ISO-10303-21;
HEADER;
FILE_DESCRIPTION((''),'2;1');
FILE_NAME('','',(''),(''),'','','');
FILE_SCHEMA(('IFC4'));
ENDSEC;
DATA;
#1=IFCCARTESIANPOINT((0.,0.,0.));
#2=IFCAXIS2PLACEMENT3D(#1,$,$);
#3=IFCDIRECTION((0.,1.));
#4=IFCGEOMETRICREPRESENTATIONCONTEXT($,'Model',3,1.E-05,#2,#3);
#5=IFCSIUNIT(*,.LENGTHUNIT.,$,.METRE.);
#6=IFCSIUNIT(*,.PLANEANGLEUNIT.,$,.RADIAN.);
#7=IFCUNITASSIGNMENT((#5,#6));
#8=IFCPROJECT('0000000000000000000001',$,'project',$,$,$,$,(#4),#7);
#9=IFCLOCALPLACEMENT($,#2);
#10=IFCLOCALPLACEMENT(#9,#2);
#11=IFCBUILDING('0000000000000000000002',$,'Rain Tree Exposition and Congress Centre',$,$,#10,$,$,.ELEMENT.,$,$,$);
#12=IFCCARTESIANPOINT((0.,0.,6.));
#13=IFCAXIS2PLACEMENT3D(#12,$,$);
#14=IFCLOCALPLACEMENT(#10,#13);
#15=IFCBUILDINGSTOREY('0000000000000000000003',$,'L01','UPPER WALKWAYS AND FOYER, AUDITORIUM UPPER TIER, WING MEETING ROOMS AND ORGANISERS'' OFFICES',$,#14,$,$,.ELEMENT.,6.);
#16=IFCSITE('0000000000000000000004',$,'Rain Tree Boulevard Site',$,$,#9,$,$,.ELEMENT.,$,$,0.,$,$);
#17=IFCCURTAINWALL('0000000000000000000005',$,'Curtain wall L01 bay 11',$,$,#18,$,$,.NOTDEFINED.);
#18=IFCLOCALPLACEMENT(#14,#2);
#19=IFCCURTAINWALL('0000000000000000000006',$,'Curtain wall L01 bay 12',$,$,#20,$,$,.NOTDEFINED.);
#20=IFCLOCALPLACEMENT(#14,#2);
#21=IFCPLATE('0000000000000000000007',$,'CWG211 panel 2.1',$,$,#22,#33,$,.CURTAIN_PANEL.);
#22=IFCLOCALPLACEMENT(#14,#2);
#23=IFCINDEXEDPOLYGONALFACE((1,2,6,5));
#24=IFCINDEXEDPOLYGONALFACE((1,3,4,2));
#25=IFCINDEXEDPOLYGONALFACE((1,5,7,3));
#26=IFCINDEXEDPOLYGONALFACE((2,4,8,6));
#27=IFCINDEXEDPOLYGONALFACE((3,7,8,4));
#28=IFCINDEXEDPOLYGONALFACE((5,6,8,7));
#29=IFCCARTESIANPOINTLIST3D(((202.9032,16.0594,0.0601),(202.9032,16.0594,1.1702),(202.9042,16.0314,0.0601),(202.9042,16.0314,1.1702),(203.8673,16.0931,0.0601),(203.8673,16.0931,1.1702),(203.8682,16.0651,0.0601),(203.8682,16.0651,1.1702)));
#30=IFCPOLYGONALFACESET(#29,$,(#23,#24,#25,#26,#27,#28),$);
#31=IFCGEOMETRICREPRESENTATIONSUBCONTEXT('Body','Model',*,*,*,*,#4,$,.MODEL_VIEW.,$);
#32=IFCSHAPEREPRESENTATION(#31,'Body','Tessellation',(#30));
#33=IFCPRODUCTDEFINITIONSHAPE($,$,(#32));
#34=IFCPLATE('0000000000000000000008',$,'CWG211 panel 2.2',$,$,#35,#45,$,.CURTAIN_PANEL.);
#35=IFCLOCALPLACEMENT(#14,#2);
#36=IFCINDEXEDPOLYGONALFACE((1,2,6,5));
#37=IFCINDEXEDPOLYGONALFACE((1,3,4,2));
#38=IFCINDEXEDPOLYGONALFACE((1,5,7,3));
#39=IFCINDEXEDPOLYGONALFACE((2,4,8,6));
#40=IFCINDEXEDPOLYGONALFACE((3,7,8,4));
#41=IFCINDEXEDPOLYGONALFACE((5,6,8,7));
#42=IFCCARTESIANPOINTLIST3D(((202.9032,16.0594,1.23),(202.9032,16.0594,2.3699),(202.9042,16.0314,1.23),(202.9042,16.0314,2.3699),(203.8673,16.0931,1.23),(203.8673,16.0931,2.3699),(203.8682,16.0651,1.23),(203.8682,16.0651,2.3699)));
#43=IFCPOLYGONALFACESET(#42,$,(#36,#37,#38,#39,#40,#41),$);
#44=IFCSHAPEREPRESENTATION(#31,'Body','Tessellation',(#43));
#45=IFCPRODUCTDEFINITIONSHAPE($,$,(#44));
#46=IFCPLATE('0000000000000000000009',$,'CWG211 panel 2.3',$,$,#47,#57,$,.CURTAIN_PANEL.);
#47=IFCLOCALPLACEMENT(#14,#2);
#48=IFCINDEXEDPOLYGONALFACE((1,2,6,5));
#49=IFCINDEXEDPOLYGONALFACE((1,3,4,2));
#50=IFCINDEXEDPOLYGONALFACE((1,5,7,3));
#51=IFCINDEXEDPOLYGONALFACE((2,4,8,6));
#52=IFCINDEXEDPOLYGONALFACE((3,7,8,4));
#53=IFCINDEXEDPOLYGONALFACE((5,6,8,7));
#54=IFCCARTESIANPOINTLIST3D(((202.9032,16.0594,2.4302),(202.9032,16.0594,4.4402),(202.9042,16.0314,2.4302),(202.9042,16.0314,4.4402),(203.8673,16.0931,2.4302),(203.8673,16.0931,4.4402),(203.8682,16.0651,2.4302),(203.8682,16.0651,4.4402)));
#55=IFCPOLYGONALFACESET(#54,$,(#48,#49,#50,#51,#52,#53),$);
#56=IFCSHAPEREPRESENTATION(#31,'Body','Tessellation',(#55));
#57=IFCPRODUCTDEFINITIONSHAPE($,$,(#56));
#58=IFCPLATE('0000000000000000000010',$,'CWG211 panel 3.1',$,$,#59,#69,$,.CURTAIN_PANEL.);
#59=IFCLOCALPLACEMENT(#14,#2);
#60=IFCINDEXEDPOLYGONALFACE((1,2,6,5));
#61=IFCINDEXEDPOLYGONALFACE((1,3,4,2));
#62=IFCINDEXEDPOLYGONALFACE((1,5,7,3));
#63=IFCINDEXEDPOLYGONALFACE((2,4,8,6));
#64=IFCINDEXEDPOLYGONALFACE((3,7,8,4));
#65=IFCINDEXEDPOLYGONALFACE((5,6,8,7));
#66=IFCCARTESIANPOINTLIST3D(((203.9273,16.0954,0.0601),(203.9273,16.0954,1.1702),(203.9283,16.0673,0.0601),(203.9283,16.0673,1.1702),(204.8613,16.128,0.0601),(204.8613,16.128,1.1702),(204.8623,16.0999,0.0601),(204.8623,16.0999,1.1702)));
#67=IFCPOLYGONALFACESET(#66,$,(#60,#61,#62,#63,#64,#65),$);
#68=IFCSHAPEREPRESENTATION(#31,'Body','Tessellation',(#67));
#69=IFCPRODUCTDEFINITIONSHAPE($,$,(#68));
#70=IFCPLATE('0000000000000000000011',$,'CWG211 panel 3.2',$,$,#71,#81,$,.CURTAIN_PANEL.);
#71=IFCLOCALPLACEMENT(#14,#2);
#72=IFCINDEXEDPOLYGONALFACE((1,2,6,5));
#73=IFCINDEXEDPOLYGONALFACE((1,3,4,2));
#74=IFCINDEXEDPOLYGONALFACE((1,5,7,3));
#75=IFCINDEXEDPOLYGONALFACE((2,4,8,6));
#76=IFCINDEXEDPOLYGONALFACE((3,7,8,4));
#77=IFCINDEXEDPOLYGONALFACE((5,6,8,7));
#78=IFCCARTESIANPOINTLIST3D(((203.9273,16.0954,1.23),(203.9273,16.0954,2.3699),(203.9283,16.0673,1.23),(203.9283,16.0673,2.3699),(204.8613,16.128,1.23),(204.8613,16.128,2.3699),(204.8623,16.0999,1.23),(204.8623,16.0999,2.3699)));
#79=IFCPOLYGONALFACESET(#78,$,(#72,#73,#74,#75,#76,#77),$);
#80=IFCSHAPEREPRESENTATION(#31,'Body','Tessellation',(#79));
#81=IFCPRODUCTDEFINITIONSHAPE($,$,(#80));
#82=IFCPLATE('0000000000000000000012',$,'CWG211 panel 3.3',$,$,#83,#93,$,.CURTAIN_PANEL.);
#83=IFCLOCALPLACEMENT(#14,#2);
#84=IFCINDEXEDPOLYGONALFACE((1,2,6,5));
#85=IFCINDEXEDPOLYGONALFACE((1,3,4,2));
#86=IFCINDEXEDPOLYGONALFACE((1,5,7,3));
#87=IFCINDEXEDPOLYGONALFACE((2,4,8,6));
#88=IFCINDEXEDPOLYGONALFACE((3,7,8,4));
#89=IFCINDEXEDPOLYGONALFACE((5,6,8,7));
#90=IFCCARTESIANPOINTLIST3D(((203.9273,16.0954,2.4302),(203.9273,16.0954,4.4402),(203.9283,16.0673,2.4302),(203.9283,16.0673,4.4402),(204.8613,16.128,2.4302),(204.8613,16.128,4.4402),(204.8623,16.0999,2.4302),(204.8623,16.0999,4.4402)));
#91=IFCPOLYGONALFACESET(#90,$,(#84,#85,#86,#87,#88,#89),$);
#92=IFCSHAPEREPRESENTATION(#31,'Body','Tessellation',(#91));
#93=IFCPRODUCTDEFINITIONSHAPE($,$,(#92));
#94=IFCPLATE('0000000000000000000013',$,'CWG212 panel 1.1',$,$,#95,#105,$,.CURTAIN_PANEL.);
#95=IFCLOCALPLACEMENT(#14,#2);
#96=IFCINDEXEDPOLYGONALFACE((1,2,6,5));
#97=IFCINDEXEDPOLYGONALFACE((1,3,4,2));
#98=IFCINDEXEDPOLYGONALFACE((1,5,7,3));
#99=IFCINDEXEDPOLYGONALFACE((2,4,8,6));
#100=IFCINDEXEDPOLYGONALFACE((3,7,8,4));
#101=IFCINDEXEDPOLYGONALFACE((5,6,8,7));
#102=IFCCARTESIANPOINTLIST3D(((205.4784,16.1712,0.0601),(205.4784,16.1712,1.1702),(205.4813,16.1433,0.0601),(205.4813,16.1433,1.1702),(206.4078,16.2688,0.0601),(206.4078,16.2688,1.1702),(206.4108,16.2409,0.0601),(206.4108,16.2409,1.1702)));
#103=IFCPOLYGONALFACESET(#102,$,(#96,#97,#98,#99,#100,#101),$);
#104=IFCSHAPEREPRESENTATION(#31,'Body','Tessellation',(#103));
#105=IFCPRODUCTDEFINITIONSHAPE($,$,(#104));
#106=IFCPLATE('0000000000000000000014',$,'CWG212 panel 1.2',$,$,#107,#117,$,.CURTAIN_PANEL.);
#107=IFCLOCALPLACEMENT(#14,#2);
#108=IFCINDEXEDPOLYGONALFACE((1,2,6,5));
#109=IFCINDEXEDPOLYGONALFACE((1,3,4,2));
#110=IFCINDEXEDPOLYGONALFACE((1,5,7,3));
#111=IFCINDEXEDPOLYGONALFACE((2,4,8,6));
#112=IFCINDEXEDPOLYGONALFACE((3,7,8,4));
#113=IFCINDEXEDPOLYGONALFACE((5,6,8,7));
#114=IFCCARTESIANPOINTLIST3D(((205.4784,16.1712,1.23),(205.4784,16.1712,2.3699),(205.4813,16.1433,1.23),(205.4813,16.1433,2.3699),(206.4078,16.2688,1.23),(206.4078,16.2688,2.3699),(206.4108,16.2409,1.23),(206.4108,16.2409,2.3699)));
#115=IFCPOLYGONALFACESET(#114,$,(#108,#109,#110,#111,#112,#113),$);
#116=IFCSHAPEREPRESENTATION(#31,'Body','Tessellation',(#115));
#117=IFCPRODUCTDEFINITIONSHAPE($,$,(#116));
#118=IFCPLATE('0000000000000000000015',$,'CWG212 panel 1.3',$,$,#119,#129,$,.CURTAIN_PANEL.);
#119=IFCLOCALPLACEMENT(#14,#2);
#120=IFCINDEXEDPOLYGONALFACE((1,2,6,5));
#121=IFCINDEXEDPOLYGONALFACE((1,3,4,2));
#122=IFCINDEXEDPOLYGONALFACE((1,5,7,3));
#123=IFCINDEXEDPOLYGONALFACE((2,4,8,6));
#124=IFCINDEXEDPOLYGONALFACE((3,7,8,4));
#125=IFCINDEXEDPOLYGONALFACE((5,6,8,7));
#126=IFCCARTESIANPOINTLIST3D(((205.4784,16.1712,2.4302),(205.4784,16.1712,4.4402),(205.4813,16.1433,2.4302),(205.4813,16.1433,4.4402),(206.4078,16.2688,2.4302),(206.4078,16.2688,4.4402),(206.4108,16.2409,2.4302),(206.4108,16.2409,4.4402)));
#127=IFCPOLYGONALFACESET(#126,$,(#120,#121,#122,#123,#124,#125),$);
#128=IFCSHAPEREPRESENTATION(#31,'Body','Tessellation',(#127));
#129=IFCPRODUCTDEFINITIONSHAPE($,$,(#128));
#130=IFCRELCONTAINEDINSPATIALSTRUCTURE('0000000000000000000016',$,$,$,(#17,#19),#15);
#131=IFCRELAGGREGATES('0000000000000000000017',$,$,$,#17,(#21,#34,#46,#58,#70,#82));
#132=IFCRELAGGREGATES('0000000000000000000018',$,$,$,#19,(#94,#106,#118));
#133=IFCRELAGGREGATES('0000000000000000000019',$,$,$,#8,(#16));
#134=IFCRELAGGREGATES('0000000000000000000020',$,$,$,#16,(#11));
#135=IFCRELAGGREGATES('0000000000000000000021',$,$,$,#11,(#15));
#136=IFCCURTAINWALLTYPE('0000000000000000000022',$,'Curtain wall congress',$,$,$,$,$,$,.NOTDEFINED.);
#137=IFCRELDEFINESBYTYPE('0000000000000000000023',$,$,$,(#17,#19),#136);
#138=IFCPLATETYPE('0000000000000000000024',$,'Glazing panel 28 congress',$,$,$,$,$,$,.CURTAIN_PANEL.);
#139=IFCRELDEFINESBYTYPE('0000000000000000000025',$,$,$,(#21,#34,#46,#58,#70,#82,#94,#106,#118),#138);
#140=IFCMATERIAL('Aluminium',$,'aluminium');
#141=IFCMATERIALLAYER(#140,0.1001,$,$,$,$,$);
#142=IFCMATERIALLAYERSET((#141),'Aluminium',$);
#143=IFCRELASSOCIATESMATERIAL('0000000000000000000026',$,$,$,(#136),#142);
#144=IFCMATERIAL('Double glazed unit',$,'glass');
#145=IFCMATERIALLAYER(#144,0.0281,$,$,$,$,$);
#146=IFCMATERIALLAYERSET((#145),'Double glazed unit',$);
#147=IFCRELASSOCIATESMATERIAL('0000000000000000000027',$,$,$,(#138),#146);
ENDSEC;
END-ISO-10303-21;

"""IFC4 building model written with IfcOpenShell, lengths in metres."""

from ifc_helpers import new_model, si_unit, direction, frame, origin, origin_2d, place, context, subcontext, project, spatial, rectangle, extrude, material, layer, layer_set, type_object, element, aggregate, save


model = new_model("IFC4")

# Units and contexts
model_context = context("Model", 3, precision=1e-05, world=origin(), true_north=direction((0.0, 1.0)))
body_context = subcontext(model_context, "Body", "Model", "MODEL_VIEW")
ifc_project = project(units=[si_unit("LENGTHUNIT", "METRE"), si_unit("PLANEANGLEUNIT", "RADIAN")], contexts=[model_context])

# Site, building, storey
site_placement = place(None, origin())
site = spatial("IfcSite", under=ifc_project, at=site_placement, Name="Rain Tree Boulevard Site", CompositionType="ELEMENT", RefElevation=0.0)
building_placement = place(site_placement, origin())
building = spatial("IfcBuilding", under=site, at=building_placement, Name="Rain Tree Exposition and Congress Centre", CompositionType="ELEMENT")
storey_placement = place(building_placement, frame((0.0, 0.0, 6.0)))
storey = spatial("IfcBuildingStorey", under=building, at=storey_placement, Name="L01", Description="UPPER WALKWAYS AND FOYER, AUDITORIUM UPPER TIER, WING MEETING ROOMS AND ORGANISERS' OFFICES", CompositionType="ELEMENT", Elevation=6.0)

# Curtain walls
ifc_material_1 = material(Name="Aluminium", Category="aluminium")
ifc_layer_1 = layer(ifc_material_1, 0.1001)
ifc_layer_set_1 = layer_set([ifc_layer_1], Name="Aluminium")
curtain_wall_type = type_object("IfcCurtainWallType", Name="Curtain wall congress", PredefinedType="NOTDEFINED", material=ifc_layer_set_1)
curtain_wall_1_placement = place(storey_placement, origin())
curtain_wall_1 = element("IfcCurtainWall", 1, at=curtain_wall_1_placement, inside=storey, type_object=curtain_wall_type, Name="Curtain wall L01 bay 11", PredefinedType="NOTDEFINED")
curtain_wall_2_placement = place(storey_placement, origin())
curtain_wall_2 = element("IfcCurtainWall", 2, at=curtain_wall_2_placement, inside=storey, type_object=curtain_wall_type, Name="Curtain wall L01 bay 12", PredefinedType="NOTDEFINED")

# Plates
ifc_material_2 = material(Name="Double glazed unit", Category="glass")
ifc_layer_2 = layer(ifc_material_2, 0.0281)
ifc_layer_set_2 = layer_set([ifc_layer_2], Name="Double glazed unit")
plate_type = type_object("IfcPlateType", Name="Glazing panel 28 congress", PredefinedType="CURTAIN_PANEL", material=ifc_layer_set_2)
plate_1_placement = place(storey_placement, frame((203.3857, 16.0623, 0.0601), z_axis=(0.0, 0.0, 1.0), x_axis=(0.999391, 0.034908, 0.0)))
plate_1 = element("IfcPlate", 3, at=plate_1_placement, type_object=plate_type, Name="CWG211 panel 2.1", PredefinedType="CURTAIN_PANEL", context=body_context, shape_type="SweptSolid", body=[
    extrude(rectangle(XDim=0.9646, YDim=0.0281, at=origin_2d()), origin(), (0.0, 0.0, 1.0), 1.1101),
])
plate_2_placement = place(storey_placement, frame((203.3857, 16.0623, 1.23), z_axis=(0.0, 0.0, 1.0), x_axis=(0.999391, 0.034908, 0.0)))
plate_2 = element("IfcPlate", 4, at=plate_2_placement, type_object=plate_type, Name="CWG211 panel 2.2", PredefinedType="CURTAIN_PANEL", context=body_context, shape_type="SweptSolid", body=[
    extrude(rectangle(XDim=0.9646, YDim=0.0281, at=origin_2d()), origin(), (0.0, 0.0, 1.0), 1.1399),
])
plate_3_placement = place(storey_placement, frame((203.3857, 16.0623, 2.4302), z_axis=(0.0, 0.0, 1.0), x_axis=(0.999391, 0.034908, 0.0)))
plate_3 = element("IfcPlate", 5, at=plate_3_placement, type_object=plate_type, Name="CWG211 panel 2.3", PredefinedType="CURTAIN_PANEL", context=body_context, shape_type="SweptSolid", body=[
    extrude(rectangle(XDim=0.9646, YDim=0.0281, at=origin_2d()), origin(), (0.0, 0.0, 1.0), 2.01),
])
plate_4_placement = place(storey_placement, frame((204.3948, 16.0977, 0.0601), z_axis=(0.0, 0.0, 1.0), x_axis=(0.999391, 0.034908, 0.0)))
plate_4 = element("IfcPlate", 6, at=plate_4_placement, type_object=plate_type, Name="CWG211 panel 3.1", PredefinedType="CURTAIN_PANEL", context=body_context, shape_type="SweptSolid", body=[
    extrude(rectangle(XDim=0.9346, YDim=0.0281, at=origin_2d()), origin(), (0.0, 0.0, 1.0), 1.1101),
])
plate_5_placement = place(storey_placement, frame((204.3948, 16.0977, 1.23), z_axis=(0.0, 0.0, 1.0), x_axis=(0.999391, 0.034908, 0.0)))
plate_5 = element("IfcPlate", 7, at=plate_5_placement, type_object=plate_type, Name="CWG211 panel 3.2", PredefinedType="CURTAIN_PANEL", context=body_context, shape_type="SweptSolid", body=[
    extrude(rectangle(XDim=0.9346, YDim=0.0281, at=origin_2d()), origin(), (0.0, 0.0, 1.0), 1.1399),
])
plate_6_placement = place(storey_placement, frame((204.3948, 16.0977, 2.4302), z_axis=(0.0, 0.0, 1.0), x_axis=(0.999391, 0.034908, 0.0)))
plate_6 = element("IfcPlate", 8, at=plate_6_placement, type_object=plate_type, Name="CWG211 panel 3.3", PredefinedType="CURTAIN_PANEL", context=body_context, shape_type="SweptSolid", body=[
    extrude(rectangle(XDim=0.9346, YDim=0.0281, at=origin_2d()), origin(), (0.0, 0.0, 1.0), 2.01),
])
aggregate(curtain_wall_1, [plate_1, plate_2, plate_3, plate_4, plate_5, plate_6])
plate_7_placement = place(storey_placement, frame((205.9446, 16.2061, 0.0601), z_axis=(0.0, 0.0, 1.0), x_axis=(0.994525, 0.104502, 0.0)))
plate_7 = element("IfcPlate", 9, at=plate_7_placement, type_object=plate_type, Name="CWG212 panel 1.1", PredefinedType="CURTAIN_PANEL", context=body_context, shape_type="SweptSolid", body=[
    extrude(rectangle(XDim=0.9346, YDim=0.0281, at=origin_2d()), origin(), (0.0, 0.0, 1.0), 1.1101),
])
plate_8_placement = place(storey_placement, frame((205.9446, 16.2061, 1.23), z_axis=(0.0, 0.0, 1.0), x_axis=(0.994525, 0.104502, 0.0)))
plate_8 = element("IfcPlate", 10, at=plate_8_placement, type_object=plate_type, Name="CWG212 panel 1.2", PredefinedType="CURTAIN_PANEL", context=body_context, shape_type="SweptSolid", body=[
    extrude(rectangle(XDim=0.9346, YDim=0.0281, at=origin_2d()), origin(), (0.0, 0.0, 1.0), 1.1399),
])
plate_9_placement = place(storey_placement, frame((205.9446, 16.2061, 2.4302), z_axis=(0.0, 0.0, 1.0), x_axis=(0.994525, 0.104502, 0.0)))
plate_9 = element("IfcPlate", 11, at=plate_9_placement, type_object=plate_type, Name="CWG212 panel 1.3", PredefinedType="CURTAIN_PANEL", context=body_context, shape_type="SweptSolid", body=[
    extrude(rectangle(XDim=0.9346, YDim=0.0281, at=origin_2d()), origin(), (0.0, 0.0, 1.0), 2.01),
])
aggregate(curtain_wall_2, [plate_7, plate_8, plate_9])

save(model, "model.ifc")
